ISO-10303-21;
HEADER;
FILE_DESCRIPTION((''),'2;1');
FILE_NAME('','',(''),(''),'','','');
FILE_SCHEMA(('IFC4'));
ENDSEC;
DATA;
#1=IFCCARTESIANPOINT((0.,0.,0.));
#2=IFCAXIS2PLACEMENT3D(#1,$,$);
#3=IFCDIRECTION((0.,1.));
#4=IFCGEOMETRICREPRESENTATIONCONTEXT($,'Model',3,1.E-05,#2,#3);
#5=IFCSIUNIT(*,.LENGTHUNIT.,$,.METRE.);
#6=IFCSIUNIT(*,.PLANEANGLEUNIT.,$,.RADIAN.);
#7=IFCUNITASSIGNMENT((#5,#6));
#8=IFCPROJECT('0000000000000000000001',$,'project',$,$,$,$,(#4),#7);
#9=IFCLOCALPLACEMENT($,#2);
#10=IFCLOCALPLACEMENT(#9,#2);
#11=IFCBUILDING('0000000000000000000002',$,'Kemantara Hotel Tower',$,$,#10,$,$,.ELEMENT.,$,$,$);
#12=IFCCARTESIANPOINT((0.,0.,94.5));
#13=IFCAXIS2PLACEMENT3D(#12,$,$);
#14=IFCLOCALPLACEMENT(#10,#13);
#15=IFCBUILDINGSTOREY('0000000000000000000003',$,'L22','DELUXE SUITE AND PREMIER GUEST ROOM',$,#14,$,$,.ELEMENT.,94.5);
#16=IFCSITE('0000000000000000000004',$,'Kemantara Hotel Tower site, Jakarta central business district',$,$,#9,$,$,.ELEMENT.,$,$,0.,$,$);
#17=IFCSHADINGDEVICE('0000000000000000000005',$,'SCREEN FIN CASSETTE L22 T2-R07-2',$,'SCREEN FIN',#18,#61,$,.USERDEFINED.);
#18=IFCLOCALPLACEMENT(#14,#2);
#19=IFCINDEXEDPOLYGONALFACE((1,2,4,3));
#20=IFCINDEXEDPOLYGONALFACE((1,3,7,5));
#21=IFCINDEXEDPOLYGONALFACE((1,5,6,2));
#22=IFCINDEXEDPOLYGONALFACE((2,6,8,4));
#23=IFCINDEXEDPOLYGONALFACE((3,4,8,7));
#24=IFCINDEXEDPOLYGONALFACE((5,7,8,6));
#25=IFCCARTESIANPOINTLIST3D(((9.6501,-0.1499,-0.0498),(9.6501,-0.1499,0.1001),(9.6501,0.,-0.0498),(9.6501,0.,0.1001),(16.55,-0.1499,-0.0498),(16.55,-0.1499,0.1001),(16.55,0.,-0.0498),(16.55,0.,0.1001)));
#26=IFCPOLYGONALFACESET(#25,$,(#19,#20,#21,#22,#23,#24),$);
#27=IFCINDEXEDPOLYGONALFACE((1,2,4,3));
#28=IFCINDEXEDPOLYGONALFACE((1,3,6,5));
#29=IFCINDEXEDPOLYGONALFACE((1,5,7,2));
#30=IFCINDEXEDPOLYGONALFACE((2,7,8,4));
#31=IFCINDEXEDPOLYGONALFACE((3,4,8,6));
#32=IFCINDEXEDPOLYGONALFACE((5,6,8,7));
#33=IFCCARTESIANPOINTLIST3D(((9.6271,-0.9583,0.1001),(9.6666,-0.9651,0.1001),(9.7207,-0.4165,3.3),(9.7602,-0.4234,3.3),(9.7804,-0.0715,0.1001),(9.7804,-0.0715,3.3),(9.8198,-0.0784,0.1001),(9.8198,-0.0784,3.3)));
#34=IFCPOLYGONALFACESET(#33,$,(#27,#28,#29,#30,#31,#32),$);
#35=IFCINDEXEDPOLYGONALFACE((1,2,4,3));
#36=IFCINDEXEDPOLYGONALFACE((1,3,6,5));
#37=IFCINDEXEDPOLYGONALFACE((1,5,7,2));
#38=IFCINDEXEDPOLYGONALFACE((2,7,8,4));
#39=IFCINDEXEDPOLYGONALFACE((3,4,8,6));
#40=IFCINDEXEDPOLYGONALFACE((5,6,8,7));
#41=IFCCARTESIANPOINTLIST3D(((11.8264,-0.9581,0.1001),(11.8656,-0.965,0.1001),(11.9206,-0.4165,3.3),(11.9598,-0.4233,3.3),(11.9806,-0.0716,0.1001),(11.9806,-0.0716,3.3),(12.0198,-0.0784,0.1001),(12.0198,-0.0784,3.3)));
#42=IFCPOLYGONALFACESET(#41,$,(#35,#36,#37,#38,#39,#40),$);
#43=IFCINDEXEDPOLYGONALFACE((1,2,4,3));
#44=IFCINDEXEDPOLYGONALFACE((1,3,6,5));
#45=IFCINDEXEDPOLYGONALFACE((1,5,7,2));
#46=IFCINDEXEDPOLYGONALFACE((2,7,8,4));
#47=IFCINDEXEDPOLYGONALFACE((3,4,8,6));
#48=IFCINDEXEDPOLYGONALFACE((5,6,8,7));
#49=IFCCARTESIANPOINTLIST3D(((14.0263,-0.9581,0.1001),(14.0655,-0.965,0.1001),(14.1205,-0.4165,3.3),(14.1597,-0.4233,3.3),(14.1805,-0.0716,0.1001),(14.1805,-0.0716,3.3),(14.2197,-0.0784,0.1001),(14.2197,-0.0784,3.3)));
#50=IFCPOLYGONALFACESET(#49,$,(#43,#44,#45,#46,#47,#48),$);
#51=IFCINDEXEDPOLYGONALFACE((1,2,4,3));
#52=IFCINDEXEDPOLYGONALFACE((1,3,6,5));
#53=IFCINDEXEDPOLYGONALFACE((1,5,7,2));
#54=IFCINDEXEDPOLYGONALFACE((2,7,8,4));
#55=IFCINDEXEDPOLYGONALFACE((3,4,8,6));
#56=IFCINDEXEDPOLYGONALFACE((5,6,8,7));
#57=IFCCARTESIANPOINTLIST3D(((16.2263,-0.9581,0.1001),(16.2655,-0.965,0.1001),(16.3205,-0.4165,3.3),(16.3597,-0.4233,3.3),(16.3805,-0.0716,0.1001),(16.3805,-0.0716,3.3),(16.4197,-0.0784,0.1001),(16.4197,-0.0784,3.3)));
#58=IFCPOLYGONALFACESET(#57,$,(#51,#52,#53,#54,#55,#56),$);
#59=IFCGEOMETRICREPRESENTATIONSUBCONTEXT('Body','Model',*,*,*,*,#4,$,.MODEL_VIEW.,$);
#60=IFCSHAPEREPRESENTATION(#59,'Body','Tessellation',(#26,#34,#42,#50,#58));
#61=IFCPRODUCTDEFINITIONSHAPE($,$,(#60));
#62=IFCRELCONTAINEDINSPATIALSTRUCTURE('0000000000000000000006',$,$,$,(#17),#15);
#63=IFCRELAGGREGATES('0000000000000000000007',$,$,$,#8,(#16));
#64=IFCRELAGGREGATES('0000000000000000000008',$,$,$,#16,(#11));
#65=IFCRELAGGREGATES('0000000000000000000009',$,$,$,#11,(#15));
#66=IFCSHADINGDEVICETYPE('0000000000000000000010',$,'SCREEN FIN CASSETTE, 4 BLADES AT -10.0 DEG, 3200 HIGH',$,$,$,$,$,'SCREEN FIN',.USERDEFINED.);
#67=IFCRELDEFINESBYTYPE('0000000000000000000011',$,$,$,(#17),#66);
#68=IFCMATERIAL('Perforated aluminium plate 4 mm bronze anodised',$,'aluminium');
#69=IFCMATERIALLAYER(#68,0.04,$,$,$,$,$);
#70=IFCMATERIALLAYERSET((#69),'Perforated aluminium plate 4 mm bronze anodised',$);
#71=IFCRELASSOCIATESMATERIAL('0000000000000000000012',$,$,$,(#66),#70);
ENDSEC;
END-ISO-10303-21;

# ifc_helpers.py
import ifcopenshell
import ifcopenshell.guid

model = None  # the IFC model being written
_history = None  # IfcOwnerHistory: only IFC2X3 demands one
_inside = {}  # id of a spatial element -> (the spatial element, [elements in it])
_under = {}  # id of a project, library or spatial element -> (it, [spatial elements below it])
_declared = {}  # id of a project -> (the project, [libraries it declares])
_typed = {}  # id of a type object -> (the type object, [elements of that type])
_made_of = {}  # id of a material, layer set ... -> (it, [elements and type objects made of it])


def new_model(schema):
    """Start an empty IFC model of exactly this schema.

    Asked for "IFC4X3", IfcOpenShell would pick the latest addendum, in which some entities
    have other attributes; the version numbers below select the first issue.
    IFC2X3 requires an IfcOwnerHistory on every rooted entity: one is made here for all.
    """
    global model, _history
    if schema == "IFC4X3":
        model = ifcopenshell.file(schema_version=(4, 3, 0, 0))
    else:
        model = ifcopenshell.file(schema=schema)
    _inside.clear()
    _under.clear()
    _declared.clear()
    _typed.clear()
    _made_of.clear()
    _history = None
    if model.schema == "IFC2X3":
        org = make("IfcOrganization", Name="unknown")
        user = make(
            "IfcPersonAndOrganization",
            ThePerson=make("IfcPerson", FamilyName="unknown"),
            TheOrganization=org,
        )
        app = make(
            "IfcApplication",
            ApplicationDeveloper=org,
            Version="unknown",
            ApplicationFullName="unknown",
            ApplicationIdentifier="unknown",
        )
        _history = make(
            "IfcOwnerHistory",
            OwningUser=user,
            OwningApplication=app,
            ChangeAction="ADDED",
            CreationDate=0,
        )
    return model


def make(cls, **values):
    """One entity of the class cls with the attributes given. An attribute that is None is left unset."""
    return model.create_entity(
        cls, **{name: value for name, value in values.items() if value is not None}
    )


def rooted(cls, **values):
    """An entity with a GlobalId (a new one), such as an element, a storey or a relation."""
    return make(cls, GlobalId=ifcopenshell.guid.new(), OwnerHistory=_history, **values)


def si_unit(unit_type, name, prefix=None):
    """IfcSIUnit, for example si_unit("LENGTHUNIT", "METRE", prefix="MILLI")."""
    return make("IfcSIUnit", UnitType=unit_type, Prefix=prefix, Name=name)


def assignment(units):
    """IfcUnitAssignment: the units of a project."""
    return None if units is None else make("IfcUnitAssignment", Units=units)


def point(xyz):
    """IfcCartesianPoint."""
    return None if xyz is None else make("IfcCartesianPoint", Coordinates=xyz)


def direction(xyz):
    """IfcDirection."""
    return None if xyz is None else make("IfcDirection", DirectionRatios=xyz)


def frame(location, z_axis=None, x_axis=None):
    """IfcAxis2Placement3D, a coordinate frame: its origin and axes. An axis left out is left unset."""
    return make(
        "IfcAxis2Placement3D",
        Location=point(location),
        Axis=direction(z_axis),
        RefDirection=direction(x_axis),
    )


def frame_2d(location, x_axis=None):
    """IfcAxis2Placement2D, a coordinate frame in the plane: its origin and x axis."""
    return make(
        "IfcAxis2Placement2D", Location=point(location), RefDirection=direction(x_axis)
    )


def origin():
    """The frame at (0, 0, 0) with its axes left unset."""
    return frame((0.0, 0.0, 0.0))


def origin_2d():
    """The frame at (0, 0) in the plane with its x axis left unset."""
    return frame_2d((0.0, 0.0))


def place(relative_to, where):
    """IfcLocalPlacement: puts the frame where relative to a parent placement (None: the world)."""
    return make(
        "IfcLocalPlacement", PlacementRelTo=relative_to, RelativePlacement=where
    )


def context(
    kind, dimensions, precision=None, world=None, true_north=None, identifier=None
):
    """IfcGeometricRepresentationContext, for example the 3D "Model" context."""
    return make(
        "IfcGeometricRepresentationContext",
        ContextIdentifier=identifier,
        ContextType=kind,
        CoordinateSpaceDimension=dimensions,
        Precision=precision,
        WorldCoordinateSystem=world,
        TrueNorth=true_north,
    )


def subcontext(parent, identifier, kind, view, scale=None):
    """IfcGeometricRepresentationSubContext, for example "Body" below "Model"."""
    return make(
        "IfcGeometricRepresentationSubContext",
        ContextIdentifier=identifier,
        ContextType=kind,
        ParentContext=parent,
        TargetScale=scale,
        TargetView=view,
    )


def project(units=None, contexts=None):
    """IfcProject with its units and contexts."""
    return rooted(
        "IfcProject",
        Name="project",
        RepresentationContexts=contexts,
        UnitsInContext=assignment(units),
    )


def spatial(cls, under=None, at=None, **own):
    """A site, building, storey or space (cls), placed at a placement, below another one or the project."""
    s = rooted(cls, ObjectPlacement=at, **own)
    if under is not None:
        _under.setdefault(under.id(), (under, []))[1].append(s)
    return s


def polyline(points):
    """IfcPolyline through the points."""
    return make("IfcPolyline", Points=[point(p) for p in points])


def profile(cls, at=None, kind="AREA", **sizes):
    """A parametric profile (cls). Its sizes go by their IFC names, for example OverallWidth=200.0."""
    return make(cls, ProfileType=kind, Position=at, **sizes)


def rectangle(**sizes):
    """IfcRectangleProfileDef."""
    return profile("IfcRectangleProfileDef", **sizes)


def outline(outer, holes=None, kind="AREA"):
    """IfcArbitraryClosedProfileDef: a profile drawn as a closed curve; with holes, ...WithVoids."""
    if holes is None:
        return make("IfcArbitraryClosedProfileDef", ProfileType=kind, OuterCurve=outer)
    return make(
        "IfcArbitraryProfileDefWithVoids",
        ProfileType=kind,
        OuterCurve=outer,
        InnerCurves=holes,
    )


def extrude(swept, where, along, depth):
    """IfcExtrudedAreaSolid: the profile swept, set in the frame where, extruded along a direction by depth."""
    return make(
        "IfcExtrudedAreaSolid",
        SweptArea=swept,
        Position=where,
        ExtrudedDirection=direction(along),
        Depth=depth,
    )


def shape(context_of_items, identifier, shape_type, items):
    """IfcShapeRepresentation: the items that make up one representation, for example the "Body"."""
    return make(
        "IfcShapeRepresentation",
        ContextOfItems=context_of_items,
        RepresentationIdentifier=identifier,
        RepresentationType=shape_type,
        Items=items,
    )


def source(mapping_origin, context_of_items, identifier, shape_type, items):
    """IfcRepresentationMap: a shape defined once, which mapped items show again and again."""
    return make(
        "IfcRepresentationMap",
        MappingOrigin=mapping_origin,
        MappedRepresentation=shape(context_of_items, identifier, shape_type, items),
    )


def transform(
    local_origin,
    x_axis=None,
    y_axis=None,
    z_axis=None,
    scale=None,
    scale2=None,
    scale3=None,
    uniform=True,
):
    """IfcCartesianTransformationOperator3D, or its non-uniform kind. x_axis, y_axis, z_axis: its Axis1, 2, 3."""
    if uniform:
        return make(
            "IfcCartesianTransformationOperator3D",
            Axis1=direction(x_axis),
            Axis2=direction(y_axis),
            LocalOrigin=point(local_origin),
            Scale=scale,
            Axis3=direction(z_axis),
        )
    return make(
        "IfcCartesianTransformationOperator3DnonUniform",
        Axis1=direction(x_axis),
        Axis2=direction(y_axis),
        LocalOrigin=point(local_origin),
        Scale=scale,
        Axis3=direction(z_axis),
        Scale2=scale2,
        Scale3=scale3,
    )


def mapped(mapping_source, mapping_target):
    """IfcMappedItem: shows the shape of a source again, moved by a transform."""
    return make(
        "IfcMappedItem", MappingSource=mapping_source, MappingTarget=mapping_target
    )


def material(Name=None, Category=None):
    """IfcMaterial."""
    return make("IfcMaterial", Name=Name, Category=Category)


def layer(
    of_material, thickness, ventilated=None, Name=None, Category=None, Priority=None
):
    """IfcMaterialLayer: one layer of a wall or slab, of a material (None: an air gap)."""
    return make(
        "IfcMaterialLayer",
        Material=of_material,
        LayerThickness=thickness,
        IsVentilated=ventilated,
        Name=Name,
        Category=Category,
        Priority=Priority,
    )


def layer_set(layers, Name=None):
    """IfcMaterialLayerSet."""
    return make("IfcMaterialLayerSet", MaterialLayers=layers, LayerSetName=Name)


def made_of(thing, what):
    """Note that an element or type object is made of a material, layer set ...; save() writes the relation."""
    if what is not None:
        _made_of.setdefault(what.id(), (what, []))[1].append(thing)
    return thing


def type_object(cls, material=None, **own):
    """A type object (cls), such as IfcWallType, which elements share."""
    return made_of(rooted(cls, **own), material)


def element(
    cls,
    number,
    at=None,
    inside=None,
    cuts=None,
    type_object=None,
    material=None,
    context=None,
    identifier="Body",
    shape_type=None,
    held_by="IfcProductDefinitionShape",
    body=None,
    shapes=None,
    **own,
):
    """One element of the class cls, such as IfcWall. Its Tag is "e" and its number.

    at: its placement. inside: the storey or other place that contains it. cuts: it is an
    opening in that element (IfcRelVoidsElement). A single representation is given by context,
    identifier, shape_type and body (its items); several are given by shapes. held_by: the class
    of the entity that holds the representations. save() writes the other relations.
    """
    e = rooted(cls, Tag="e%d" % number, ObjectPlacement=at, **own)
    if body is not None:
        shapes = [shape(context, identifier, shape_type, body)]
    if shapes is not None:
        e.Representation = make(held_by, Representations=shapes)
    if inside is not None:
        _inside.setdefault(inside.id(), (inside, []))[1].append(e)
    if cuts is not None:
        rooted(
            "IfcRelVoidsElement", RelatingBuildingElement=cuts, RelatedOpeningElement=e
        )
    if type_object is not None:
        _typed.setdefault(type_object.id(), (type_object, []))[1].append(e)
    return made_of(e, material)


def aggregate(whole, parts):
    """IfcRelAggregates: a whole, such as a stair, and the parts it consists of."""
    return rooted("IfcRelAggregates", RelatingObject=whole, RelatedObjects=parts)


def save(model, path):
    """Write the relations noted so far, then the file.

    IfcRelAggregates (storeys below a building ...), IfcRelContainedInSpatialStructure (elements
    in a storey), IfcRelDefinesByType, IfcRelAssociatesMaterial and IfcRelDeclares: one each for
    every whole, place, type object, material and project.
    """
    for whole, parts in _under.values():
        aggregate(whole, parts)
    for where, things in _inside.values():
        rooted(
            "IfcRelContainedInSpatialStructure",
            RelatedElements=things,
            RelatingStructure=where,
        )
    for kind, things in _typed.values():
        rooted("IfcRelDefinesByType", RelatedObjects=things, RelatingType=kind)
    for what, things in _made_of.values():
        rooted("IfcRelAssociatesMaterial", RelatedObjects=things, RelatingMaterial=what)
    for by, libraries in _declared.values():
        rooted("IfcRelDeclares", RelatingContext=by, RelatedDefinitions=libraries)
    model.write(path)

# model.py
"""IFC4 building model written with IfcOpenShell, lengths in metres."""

from ifc_helpers import new_model, si_unit, direction, frame, origin, origin_2d, place, context, subcontext, project, spatial, polyline, rectangle, outline, extrude, source, transform, mapped, material, layer, layer_set, type_object, element, save


model = new_model("IFC4")

# Units and contexts
model_context = context("Model", 3, precision=1e-05, world=origin(), true_north=direction((0.0, 1.0)))
body_context = subcontext(model_context, "Body", "Model", "MODEL_VIEW")
ifc_project = project(units=[si_unit("LENGTHUNIT", "METRE"), si_unit("PLANEANGLEUNIT", "RADIAN")], contexts=[model_context])

# Site, building, storey
site_placement = place(None, origin())
site = spatial("IfcSite", under=ifc_project, at=site_placement, Name="Kemantara Hotel Tower site, Jakarta central business district", CompositionType="ELEMENT", RefElevation=0.0)
building_placement = place(site_placement, origin())
building = spatial("IfcBuilding", under=site, at=building_placement, Name="Kemantara Hotel Tower", CompositionType="ELEMENT")
storey_placement = place(building_placement, frame((0.0, 0.0, 94.5)))
storey = spatial("IfcBuildingStorey", under=building, at=storey_placement, Name="L22", Description="DELUXE SUITE AND PREMIER GUEST ROOM", CompositionType="ELEMENT", Elevation=94.5)

# Shading device
ifc_material_1 = material(Name="Perforated aluminium plate 4 mm bronze anodised", Category="aluminium")
ifc_layer_1 = layer(ifc_material_1, 0.04)
ifc_layer_set_1 = layer_set([ifc_layer_1], Name="Perforated aluminium plate 4 mm bronze anodised")
shading_device_type = type_object("IfcShadingDeviceType", Name="SCREEN FIN CASSETTE, 4 BLADES AT -10.0 DEG, 3200 HIGH", ElementType="SCREEN FIN", PredefinedType="USERDEFINED", material=ifc_layer_set_1)
shared_shape = source(origin(), body_context, "Body", "SweptSolid", [
    extrude(rectangle(XDim=6.8999, YDim=0.1499, at=origin_2d()), frame((3.3, -0.075, -0.1499), z_axis=(0.0, 0.0, 1.0), x_axis=(1.0, 0.0, 0.0)), (0.0, 0.0, 1.0), 0.1499),
    extrude(outline(polyline([(0.0, 0.0), (0.8999, 0.0), (0.3501, 3.2), (0.0, 3.2), (0.0, 0.0)])), frame((0.0198, -0.0784, 0.0), z_axis=(-0.98539, 0.170314, 0.0), x_axis=(-0.170314, -0.98539, 0.0)), (0.0, 0.0, 1.0), 0.04),
    extrude(outline(polyline([(0.0, 0.0), (0.8999, 0.0), (0.3501, 3.2), (0.0, 3.2), (0.0, 0.0)])), frame((2.2197, -0.0784, 0.0), z_axis=(-0.985212, 0.171341, 0.0), x_axis=(-0.171341, -0.985212, 0.0)), (0.0, 0.0, 1.0), 0.0398),
    extrude(outline(polyline([(0.0, 0.0), (0.8999, 0.0), (0.3501, 3.2), (0.0, 3.2), (0.0, 0.0)])), frame((4.4197, -0.0784, 0.0), z_axis=(-0.985212, 0.171341, 0.0), x_axis=(-0.171341, -0.985212, 0.0)), (0.0, 0.0, 1.0), 0.0398),
    extrude(outline(polyline([(0.0, 0.0), (0.8999, 0.0), (0.3501, 3.2), (0.0, 3.2), (0.0, 0.0)])), frame((6.6196, -0.0784, 0.0), z_axis=(-0.985212, 0.171341, 0.0), x_axis=(-0.171341, -0.985212, 0.0)), (0.0, 0.0, 1.0), 0.0398),
])
shading_device_placement = place(storey_placement, frame((9.8, 0.0, 0.1001), z_axis=(0.0, 0.0, 1.0), x_axis=(1.0, 0.0, 0.0)))
element("IfcShadingDevice", 1, at=shading_device_placement, inside=storey, type_object=shading_device_type, Name="SCREEN FIN CASSETTE L22 T2-R07-2", ObjectType="SCREEN FIN", PredefinedType="USERDEFINED", context=body_context, shape_type="MappedRepresentation", body=[
    mapped(shared_shape, transform((0.0, 0.0, 0.0))),
])

save(model, "model.ifc")
